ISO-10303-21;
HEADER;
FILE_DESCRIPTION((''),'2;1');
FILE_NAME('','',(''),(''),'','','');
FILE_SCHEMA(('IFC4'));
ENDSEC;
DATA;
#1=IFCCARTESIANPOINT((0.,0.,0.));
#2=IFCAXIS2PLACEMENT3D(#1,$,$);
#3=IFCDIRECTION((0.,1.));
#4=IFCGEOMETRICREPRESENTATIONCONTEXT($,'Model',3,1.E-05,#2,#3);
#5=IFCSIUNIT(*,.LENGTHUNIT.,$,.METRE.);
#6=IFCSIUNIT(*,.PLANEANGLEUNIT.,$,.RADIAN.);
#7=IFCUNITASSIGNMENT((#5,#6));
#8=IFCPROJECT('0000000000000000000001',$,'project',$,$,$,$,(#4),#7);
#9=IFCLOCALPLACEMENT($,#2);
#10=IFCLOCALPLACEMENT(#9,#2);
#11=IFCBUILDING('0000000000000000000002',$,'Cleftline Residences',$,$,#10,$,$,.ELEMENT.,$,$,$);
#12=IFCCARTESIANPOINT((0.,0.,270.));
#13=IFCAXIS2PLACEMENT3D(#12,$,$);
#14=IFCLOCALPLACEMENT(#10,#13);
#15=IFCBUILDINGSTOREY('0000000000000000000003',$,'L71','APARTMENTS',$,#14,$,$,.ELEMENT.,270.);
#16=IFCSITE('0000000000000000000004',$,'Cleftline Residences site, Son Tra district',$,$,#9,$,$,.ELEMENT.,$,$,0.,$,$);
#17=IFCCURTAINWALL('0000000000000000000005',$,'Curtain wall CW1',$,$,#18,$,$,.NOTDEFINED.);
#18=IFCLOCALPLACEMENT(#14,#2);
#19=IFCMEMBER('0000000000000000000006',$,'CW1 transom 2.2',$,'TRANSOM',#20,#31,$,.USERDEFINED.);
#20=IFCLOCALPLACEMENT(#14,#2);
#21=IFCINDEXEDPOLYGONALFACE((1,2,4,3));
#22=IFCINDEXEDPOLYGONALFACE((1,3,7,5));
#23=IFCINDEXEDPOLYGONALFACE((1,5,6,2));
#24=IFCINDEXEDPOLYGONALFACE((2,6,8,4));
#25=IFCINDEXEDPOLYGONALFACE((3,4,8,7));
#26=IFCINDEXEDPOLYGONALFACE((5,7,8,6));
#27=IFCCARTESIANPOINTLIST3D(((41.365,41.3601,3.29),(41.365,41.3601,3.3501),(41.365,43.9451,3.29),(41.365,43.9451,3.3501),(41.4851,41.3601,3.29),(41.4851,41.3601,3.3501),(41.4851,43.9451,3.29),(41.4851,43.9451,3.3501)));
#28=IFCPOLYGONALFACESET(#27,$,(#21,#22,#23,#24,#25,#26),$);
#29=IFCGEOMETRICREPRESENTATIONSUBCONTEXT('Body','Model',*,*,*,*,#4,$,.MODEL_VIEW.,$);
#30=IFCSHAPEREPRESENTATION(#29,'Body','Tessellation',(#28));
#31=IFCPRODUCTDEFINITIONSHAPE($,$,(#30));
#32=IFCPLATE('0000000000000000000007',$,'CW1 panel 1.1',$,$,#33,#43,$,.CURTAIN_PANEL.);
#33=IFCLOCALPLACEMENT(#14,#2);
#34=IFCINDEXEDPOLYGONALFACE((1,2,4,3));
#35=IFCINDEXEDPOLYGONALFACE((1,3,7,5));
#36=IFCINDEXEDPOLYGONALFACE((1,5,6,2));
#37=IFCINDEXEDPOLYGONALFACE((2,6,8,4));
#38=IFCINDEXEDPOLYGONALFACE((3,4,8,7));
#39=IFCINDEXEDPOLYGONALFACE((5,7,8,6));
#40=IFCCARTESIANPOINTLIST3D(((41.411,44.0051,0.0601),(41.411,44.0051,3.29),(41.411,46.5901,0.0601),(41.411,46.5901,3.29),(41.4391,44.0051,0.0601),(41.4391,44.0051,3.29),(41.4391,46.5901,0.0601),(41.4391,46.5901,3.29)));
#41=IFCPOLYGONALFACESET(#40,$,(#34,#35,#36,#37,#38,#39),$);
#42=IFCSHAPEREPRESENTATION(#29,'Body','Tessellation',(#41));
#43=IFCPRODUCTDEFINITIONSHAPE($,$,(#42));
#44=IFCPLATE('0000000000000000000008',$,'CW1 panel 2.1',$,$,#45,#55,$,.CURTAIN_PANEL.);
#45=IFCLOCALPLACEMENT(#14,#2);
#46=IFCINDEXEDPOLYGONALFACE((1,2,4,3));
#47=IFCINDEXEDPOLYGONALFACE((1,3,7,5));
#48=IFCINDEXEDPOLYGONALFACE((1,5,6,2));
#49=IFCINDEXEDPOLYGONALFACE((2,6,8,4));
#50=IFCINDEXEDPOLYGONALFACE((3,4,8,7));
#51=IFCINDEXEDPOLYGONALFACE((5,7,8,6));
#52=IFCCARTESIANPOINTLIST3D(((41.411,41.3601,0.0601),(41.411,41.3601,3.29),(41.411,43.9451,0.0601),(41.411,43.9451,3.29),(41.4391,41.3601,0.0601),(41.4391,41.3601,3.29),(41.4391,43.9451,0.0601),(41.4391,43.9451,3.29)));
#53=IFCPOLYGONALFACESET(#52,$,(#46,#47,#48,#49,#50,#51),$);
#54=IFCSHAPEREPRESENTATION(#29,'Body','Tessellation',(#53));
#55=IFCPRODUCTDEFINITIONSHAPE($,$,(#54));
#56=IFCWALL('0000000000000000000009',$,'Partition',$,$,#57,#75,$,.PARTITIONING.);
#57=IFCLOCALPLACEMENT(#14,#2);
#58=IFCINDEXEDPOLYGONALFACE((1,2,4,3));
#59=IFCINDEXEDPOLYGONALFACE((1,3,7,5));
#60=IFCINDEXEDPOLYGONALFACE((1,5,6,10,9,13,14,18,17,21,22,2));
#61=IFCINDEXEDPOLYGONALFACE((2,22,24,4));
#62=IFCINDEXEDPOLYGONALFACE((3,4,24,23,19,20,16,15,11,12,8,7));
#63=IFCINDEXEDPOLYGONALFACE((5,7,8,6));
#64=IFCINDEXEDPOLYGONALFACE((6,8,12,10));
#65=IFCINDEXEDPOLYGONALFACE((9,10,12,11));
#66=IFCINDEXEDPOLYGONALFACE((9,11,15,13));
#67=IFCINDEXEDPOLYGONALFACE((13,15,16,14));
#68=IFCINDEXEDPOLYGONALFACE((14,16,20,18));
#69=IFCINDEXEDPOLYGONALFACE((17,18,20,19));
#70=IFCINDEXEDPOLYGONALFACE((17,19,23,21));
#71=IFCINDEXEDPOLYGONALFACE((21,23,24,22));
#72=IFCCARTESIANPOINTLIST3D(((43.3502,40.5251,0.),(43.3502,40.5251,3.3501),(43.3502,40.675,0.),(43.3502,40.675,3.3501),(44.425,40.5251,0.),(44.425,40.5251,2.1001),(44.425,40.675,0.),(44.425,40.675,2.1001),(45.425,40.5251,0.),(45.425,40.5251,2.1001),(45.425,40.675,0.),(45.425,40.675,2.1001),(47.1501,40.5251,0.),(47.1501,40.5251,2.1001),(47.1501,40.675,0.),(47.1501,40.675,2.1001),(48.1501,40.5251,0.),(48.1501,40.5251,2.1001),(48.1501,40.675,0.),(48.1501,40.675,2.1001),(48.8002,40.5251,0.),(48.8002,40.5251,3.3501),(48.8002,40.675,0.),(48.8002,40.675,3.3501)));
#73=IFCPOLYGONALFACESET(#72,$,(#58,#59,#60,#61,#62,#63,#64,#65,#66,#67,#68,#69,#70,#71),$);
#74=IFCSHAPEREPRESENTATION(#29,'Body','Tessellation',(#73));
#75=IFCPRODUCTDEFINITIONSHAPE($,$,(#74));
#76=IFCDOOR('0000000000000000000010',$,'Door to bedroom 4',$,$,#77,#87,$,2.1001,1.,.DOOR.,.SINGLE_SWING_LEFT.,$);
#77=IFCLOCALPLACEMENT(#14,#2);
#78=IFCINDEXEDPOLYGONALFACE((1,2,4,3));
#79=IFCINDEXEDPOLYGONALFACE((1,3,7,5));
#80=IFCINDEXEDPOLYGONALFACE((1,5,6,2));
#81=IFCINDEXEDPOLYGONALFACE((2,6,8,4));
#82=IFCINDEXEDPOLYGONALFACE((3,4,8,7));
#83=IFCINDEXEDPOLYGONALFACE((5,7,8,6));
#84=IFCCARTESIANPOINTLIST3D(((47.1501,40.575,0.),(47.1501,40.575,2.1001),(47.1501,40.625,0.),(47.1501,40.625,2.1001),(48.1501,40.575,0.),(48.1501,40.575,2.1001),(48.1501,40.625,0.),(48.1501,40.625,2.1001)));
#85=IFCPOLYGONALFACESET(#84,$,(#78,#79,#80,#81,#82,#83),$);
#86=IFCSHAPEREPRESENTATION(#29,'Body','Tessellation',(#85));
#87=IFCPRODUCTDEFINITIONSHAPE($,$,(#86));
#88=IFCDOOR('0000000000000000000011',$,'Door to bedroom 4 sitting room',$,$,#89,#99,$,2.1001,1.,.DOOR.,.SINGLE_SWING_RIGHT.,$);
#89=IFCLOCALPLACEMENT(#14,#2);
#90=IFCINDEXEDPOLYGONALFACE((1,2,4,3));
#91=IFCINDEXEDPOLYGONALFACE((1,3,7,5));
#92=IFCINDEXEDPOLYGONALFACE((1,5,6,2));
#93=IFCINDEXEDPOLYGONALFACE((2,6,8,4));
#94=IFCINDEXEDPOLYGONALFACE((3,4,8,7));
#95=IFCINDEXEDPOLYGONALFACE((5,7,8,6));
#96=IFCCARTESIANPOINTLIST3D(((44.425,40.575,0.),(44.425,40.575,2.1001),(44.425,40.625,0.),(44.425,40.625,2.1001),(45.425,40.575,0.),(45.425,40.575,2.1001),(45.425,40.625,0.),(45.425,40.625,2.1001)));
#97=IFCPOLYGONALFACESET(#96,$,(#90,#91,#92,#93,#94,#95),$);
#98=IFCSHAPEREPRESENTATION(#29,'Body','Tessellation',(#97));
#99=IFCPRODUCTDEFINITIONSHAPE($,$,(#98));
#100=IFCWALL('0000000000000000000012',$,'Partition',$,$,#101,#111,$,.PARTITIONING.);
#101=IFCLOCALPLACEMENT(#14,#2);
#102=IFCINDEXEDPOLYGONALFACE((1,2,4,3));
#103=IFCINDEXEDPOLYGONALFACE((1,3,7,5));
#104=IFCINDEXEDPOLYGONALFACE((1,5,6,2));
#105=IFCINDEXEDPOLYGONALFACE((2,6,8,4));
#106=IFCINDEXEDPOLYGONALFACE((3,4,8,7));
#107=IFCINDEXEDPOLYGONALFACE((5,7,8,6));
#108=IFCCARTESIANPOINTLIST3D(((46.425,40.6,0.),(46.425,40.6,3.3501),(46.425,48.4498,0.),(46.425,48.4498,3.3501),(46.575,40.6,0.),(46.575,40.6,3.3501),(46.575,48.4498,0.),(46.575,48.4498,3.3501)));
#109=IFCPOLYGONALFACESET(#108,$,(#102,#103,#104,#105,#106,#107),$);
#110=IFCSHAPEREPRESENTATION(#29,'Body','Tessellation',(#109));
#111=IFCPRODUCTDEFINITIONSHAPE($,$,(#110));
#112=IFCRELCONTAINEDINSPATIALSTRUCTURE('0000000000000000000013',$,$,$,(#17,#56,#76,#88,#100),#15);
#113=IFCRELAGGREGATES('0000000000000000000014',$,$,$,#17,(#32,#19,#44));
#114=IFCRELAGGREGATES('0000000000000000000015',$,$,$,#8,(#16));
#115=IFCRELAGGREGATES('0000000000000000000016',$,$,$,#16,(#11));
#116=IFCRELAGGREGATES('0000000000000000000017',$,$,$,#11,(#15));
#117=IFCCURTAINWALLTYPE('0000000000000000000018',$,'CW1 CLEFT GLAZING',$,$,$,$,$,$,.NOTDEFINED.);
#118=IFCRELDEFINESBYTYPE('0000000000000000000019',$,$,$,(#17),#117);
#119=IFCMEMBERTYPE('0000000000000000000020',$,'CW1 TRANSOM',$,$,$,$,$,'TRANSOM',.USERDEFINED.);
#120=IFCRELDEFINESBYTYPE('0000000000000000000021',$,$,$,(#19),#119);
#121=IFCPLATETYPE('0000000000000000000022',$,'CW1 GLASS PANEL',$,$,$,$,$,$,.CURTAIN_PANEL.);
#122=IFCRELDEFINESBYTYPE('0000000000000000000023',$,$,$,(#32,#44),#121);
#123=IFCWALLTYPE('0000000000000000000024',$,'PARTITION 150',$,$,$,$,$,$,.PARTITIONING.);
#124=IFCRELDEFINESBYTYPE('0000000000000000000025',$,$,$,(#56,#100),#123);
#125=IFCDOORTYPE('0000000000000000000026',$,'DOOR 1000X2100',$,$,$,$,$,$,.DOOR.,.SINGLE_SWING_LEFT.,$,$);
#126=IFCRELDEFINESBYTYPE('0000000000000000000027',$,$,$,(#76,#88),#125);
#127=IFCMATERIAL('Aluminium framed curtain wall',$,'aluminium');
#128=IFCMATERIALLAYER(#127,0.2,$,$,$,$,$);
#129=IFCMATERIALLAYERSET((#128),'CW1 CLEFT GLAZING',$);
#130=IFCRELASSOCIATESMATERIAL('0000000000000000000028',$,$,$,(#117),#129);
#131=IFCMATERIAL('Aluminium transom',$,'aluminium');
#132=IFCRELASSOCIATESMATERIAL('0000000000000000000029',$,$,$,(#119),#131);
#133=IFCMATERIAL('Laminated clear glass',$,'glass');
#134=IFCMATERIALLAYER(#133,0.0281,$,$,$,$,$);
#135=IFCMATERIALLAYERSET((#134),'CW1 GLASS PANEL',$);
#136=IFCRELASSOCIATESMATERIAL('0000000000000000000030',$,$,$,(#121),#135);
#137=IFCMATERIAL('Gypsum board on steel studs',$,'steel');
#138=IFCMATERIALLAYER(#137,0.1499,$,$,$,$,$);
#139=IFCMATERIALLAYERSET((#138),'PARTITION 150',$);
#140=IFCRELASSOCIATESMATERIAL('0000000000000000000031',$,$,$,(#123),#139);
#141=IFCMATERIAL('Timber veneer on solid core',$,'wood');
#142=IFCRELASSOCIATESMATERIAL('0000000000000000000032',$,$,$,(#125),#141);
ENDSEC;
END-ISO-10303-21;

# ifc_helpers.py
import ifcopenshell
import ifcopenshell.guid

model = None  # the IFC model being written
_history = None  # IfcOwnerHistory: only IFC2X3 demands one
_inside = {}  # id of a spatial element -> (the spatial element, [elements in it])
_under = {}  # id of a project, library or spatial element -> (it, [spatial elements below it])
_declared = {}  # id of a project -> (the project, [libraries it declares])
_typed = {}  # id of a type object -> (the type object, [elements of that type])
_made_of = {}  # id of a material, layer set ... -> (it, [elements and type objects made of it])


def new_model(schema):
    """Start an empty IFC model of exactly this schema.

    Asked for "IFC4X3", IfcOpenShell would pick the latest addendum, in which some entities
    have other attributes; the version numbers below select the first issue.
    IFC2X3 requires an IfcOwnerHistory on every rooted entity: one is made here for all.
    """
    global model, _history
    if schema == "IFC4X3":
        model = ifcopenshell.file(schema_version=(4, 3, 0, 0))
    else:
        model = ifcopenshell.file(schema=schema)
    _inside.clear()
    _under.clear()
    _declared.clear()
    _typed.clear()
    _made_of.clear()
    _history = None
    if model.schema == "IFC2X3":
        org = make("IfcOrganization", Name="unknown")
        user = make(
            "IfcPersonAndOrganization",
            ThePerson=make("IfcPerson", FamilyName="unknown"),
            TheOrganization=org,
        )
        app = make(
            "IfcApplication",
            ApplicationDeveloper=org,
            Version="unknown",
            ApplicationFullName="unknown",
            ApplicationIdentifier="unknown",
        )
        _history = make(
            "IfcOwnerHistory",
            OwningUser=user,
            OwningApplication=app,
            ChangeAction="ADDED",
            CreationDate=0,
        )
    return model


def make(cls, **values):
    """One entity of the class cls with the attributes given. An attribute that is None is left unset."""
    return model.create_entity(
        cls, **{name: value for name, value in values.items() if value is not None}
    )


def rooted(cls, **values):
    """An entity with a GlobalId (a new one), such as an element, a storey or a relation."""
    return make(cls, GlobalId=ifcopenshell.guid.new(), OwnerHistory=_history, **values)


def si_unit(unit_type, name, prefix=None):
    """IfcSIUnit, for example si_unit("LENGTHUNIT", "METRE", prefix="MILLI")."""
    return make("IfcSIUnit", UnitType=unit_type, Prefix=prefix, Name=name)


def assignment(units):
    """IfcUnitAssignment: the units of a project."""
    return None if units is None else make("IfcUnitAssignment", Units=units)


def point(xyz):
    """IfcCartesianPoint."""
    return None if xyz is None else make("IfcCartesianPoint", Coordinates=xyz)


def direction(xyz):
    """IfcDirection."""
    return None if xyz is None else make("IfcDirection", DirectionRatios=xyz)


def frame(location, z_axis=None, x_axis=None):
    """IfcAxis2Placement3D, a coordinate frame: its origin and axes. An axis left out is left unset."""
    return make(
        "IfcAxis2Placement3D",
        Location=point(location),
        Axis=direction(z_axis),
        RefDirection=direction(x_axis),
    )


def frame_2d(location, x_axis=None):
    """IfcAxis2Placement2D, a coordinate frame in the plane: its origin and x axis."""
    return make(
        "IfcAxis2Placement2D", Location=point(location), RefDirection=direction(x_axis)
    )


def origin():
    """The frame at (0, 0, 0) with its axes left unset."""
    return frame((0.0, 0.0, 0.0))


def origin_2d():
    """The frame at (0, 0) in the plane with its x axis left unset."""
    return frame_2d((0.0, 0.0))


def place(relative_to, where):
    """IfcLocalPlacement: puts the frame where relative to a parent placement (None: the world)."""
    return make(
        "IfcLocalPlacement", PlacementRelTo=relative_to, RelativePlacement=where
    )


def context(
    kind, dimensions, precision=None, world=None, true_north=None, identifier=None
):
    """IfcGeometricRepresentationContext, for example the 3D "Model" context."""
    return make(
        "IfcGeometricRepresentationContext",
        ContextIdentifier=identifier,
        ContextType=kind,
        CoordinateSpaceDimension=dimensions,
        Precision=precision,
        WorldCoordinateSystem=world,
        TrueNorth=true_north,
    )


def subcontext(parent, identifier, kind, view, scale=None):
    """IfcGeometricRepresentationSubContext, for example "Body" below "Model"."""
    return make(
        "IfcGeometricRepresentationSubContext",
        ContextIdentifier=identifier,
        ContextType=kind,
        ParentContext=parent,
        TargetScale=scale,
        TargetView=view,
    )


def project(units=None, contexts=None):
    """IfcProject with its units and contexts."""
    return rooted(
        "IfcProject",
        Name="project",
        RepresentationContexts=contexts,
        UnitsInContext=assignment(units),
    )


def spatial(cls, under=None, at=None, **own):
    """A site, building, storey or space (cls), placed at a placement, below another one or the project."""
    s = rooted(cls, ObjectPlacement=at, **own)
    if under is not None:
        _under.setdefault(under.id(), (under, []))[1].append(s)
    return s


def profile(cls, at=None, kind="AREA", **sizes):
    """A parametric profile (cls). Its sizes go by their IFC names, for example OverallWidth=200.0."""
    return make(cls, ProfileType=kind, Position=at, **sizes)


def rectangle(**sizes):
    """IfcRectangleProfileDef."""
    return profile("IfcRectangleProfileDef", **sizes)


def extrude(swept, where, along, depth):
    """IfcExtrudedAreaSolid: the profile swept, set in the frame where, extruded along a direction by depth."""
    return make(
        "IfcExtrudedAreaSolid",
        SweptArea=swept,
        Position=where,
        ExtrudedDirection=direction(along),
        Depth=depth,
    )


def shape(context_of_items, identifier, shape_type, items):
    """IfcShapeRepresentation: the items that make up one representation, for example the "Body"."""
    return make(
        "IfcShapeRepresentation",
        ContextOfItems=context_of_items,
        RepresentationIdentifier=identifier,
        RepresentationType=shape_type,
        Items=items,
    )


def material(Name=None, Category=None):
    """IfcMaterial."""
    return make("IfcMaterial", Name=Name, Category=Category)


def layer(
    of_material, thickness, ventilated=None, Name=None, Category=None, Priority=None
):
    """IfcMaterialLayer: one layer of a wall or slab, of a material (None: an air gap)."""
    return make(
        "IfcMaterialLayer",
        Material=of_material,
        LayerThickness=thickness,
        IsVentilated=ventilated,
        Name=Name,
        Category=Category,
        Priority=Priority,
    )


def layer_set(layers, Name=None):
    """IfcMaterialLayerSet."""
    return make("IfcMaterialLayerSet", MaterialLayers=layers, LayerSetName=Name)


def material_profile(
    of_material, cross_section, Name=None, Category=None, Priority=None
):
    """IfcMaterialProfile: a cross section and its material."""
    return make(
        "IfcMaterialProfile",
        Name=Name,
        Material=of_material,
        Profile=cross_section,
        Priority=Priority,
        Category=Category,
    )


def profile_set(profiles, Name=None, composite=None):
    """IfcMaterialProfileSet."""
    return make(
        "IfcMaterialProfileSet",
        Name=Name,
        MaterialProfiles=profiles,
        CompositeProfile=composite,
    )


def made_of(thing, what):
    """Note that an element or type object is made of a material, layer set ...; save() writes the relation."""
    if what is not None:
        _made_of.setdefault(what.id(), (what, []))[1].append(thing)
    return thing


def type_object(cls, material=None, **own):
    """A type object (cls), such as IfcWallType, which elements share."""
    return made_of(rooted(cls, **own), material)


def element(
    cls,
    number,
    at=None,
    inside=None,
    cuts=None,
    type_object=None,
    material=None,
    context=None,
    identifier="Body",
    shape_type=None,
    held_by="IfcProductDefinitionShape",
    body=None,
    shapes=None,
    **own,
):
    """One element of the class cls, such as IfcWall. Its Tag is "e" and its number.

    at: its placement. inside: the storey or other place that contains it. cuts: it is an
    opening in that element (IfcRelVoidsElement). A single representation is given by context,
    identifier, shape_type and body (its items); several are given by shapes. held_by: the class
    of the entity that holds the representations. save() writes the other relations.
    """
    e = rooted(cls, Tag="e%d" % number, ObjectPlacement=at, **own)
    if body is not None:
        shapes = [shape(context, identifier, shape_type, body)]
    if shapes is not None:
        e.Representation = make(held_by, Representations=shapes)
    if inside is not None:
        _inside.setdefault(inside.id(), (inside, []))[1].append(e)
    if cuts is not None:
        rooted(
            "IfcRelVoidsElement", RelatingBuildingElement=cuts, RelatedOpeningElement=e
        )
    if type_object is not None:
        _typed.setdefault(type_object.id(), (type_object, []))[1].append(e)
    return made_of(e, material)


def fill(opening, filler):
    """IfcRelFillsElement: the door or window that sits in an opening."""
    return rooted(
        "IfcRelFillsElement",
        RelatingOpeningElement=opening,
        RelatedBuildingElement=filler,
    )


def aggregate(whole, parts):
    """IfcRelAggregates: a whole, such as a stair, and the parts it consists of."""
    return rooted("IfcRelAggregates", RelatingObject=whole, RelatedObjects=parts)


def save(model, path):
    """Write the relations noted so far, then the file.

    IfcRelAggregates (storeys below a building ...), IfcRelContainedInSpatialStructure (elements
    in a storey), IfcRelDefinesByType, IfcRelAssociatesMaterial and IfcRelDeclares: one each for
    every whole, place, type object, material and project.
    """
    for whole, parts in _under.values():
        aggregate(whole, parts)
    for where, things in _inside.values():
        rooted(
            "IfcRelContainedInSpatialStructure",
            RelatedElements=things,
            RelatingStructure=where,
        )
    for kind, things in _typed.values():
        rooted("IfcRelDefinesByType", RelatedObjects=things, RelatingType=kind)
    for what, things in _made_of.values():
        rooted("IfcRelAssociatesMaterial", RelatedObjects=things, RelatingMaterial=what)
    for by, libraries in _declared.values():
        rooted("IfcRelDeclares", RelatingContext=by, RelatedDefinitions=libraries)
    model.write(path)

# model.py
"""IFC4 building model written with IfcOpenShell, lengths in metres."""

from ifc_helpers import new_model, si_unit, direction, frame, frame_2d, origin, origin_2d, place, context, subcontext, project, spatial, rectangle, extrude, material, layer, layer_set, material_profile, profile_set, type_object, element, fill, aggregate, save


model = new_model("IFC4")

# Units and contexts
model_context = context("Model", 3, precision=1e-05, world=origin(), true_north=direction((0.0, 1.0)))
body_context = subcontext(model_context, "Body", "Model", "MODEL_VIEW")
ifc_project = project(units=[si_unit("LENGTHUNIT", "METRE"), si_unit("PLANEANGLEUNIT", "RADIAN")], contexts=[model_context])

# Site, building, storey
site_placement = place(None, origin())
site = spatial("IfcSite", under=ifc_project, at=site_placement, Name="Cleftline Residences site, Son Tra district", CompositionType="ELEMENT", RefElevation=0.0)
building_placement = place(site_placement, origin())
building = spatial("IfcBuilding", under=site, at=building_placement, Name="Cleftline Residences", CompositionType="ELEMENT")
storey_placement = place(building_placement, frame((0.0, 0.0, 270.0)))
storey = spatial("IfcBuildingStorey", under=building, at=storey_placement, Name="L71", Description="APARTMENTS", CompositionType="ELEMENT", Elevation=270.0)

# Curtain wall, member, plates
ifc_material_1 = material(Name="Aluminium framed curtain wall", Category="aluminium")
ifc_layer_1 = layer(ifc_material_1, 0.2)
ifc_layer_set_1 = layer_set([ifc_layer_1], Name="CW1 CLEFT GLAZING")
curtain_wall_type = type_object("IfcCurtainWallType", Name="CW1 CLEFT GLAZING", PredefinedType="NOTDEFINED", material=ifc_layer_set_1)
curtain_wall_placement = place(storey_placement, origin())
curtain_wall = element("IfcCurtainWall", 1, at=curtain_wall_placement, inside=storey, type_object=curtain_wall_type, Name="Curtain wall CW1", PredefinedType="NOTDEFINED")
ifc_material_2 = material(Name="Aluminium transom", Category="aluminium")
ifc_material_profile_1 = material_profile(ifc_material_2, rectangle(XDim=0.1201, YDim=0.0601, at=origin_2d()))
ifc_profile_set_1 = profile_set([ifc_material_profile_1], Name="Aluminium transom")
member_type_1 = type_object("IfcMemberType", Name="CW1 TRANSOM", ElementType="TRANSOM", PredefinedType="USERDEFINED", material=ifc_profile_set_1)
member_1_placement = place(storey_placement, frame((41.425, 43.9451, 3.3201), z_axis=(0.0, -1.0, 0.0), x_axis=(1.0, 0.0, 0.0)))
member_1 = element("IfcMember", 2, at=member_1_placement, type_object=member_type_1, Name="CW1 transom 2.2", ObjectType="TRANSOM", PredefinedType="USERDEFINED", context=body_context, shape_type="SweptSolid", body=[
    extrude(rectangle(XDim=0.1201, YDim=0.0601, at=origin_2d()), origin(), (0.0, 0.0, 1.0), 2.585),
])
ifc_material_3 = material(Name="Laminated clear glass", Category="glass")
ifc_layer_2 = layer(ifc_material_3, 0.0281)
ifc_layer_set_2 = layer_set([ifc_layer_2], Name="CW1 GLASS PANEL")
plate_type = type_object("IfcPlateType", Name="CW1 GLASS PANEL", PredefinedType="CURTAIN_PANEL", material=ifc_layer_set_2)
plate_1_placement = place(storey_placement, frame((41.425, 45.2976, 0.0601), z_axis=(0.0, 0.0, 1.0), x_axis=(0.0, -1.0, 0.0)))
plate_1 = element("IfcPlate", 3, at=plate_1_placement, type_object=plate_type, Name="CW1 panel 1.1", PredefinedType="CURTAIN_PANEL", context=body_context, shape_type="SweptSolid", body=[
    extrude(rectangle(XDim=2.585, YDim=0.0281, at=origin_2d()), origin(), (0.0, 0.0, 1.0), 3.23),
])
plate_2_placement = place(storey_placement, frame((41.425, 42.6526, 0.0601), z_axis=(0.0, 0.0, 1.0), x_axis=(0.0, -1.0, 0.0)))
plate_2 = element("IfcPlate", 4, at=plate_2_placement, type_object=plate_type, Name="CW1 panel 2.1", PredefinedType="CURTAIN_PANEL", context=body_context, shape_type="SweptSolid", body=[
    extrude(rectangle(XDim=2.585, YDim=0.0281, at=origin_2d()), origin(), (0.0, 0.0, 1.0), 3.23),
])
aggregate(curtain_wall, [plate_1, member_1, plate_2])

# Wall, openings, doors
ifc_material_4 = material(Name="Gypsum board on steel studs", Category="steel")
ifc_layer_3 = layer(ifc_material_4, 0.1499)
ifc_layer_set_3 = layer_set([ifc_layer_3], Name="PARTITION 150")
wall_type = type_object("IfcWallType", Name="PARTITION 150", PredefinedType="PARTITIONING", material=ifc_layer_set_3)
wall_1_placement = place(storey_placement, frame((43.3501, 40.6001, 0.0), z_axis=(0.0, 0.0, 1.0), x_axis=(1.0, 0.0, 0.0)))
wall_1 = element("IfcWall", 5, at=wall_1_placement, inside=storey, type_object=wall_type, Name="Partition", PredefinedType="PARTITIONING", context=body_context, shape_type="SweptSolid", body=[
    extrude(rectangle(XDim=5.45, YDim=0.1499, at=frame_2d((2.7251, 0.0))), origin(), (0.0, 0.0, 1.0), 3.3501),
])
opening_1_placement = place(wall_1_placement, frame((3.8, 0.0, 0.0)))
opening_1 = element("IfcOpeningElement", 6, at=opening_1_placement, cuts=wall_1, PredefinedType="OPENING", context=body_context, shape_type="SweptSolid", body=[
    extrude(rectangle(XDim=1.0, YDim=2.1001, at=frame_2d((0.5, 1.05))), frame((0.0, 0.085, 0.0), z_axis=(0.0, -1.0, 0.0), x_axis=(1.0, 0.0, 0.0)), (0.0, 0.0, 1.0), 0.1699),
])
opening_2_placement = place(wall_1_placement, frame((1.075, 0.0, 0.0)))
opening_2 = element("IfcOpeningElement", 7, at=opening_2_placement, cuts=wall_1, PredefinedType="OPENING", context=body_context, shape_type="SweptSolid", body=[
    extrude(rectangle(XDim=1.0, YDim=2.1001, at=frame_2d((0.5, 1.05))), frame((0.0, 0.085, 0.0), z_axis=(0.0, -1.0, 0.0), x_axis=(1.0, 0.0, 0.0)), (0.0, 0.0, 1.0), 0.1699),
])
ifc_material_5 = material(Name="Timber veneer on solid core", Category="wood")
door_type = type_object("IfcDoorType", Name="DOOR 1000X2100", OperationType="SINGLE_SWING_LEFT", PredefinedType="DOOR", material=ifc_material_5)
door_1_placement = place(opening_1_placement, origin())
door_1 = element("IfcDoor", 8, at=door_1_placement, inside=storey, type_object=door_type, Name="Door to bedroom 4", OperationType="SINGLE_SWING_LEFT", OverallHeight=2.1001, OverallWidth=1.0, PredefinedType="DOOR", context=body_context, shape_type="SweptSolid", body=[
    extrude(rectangle(XDim=1.0, YDim=2.1001, at=frame_2d((0.5, 1.05))), frame((0.0, 0.0249, 0.0), z_axis=(0.0, -1.0, 0.0), x_axis=(1.0, 0.0, 0.0)), (0.0, 0.0, 1.0), 0.05),
])
fill(opening_1, door_1)
door_2_placement = place(opening_2_placement, origin())
door_2 = element("IfcDoor", 9, at=door_2_placement, inside=storey, type_object=door_type, Name="Door to bedroom 4 sitting room", OperationType="SINGLE_SWING_RIGHT", OverallHeight=2.1001, OverallWidth=1.0, PredefinedType="DOOR", context=body_context, shape_type="SweptSolid", body=[
    extrude(rectangle(XDim=1.0, YDim=2.1001, at=frame_2d((0.5, 1.05))), frame((0.0, 0.0249, 0.0), z_axis=(0.0, -1.0, 0.0), x_axis=(1.0, 0.0, 0.0)), (0.0, 0.0, 1.0), 0.05),
])
fill(opening_2, door_2)

# Wall
wall_2_placement = place(storey_placement, frame((46.5, 40.6001, 0.0), z_axis=(0.0, 0.0, 1.0), x_axis=(0.0, 1.0, 0.0)))
element("IfcWall", 10, at=wall_2_placement, inside=storey, type_object=wall_type, Name="Partition", PredefinedType="PARTITIONING", context=body_context, shape_type="SweptSolid", body=[
    extrude(rectangle(XDim=7.8499, YDim=0.1499, at=frame_2d((3.9248, 0.0))), origin(), (0.0, 0.0, 1.0), 3.3501),
])

save(model, "model.ifc")
